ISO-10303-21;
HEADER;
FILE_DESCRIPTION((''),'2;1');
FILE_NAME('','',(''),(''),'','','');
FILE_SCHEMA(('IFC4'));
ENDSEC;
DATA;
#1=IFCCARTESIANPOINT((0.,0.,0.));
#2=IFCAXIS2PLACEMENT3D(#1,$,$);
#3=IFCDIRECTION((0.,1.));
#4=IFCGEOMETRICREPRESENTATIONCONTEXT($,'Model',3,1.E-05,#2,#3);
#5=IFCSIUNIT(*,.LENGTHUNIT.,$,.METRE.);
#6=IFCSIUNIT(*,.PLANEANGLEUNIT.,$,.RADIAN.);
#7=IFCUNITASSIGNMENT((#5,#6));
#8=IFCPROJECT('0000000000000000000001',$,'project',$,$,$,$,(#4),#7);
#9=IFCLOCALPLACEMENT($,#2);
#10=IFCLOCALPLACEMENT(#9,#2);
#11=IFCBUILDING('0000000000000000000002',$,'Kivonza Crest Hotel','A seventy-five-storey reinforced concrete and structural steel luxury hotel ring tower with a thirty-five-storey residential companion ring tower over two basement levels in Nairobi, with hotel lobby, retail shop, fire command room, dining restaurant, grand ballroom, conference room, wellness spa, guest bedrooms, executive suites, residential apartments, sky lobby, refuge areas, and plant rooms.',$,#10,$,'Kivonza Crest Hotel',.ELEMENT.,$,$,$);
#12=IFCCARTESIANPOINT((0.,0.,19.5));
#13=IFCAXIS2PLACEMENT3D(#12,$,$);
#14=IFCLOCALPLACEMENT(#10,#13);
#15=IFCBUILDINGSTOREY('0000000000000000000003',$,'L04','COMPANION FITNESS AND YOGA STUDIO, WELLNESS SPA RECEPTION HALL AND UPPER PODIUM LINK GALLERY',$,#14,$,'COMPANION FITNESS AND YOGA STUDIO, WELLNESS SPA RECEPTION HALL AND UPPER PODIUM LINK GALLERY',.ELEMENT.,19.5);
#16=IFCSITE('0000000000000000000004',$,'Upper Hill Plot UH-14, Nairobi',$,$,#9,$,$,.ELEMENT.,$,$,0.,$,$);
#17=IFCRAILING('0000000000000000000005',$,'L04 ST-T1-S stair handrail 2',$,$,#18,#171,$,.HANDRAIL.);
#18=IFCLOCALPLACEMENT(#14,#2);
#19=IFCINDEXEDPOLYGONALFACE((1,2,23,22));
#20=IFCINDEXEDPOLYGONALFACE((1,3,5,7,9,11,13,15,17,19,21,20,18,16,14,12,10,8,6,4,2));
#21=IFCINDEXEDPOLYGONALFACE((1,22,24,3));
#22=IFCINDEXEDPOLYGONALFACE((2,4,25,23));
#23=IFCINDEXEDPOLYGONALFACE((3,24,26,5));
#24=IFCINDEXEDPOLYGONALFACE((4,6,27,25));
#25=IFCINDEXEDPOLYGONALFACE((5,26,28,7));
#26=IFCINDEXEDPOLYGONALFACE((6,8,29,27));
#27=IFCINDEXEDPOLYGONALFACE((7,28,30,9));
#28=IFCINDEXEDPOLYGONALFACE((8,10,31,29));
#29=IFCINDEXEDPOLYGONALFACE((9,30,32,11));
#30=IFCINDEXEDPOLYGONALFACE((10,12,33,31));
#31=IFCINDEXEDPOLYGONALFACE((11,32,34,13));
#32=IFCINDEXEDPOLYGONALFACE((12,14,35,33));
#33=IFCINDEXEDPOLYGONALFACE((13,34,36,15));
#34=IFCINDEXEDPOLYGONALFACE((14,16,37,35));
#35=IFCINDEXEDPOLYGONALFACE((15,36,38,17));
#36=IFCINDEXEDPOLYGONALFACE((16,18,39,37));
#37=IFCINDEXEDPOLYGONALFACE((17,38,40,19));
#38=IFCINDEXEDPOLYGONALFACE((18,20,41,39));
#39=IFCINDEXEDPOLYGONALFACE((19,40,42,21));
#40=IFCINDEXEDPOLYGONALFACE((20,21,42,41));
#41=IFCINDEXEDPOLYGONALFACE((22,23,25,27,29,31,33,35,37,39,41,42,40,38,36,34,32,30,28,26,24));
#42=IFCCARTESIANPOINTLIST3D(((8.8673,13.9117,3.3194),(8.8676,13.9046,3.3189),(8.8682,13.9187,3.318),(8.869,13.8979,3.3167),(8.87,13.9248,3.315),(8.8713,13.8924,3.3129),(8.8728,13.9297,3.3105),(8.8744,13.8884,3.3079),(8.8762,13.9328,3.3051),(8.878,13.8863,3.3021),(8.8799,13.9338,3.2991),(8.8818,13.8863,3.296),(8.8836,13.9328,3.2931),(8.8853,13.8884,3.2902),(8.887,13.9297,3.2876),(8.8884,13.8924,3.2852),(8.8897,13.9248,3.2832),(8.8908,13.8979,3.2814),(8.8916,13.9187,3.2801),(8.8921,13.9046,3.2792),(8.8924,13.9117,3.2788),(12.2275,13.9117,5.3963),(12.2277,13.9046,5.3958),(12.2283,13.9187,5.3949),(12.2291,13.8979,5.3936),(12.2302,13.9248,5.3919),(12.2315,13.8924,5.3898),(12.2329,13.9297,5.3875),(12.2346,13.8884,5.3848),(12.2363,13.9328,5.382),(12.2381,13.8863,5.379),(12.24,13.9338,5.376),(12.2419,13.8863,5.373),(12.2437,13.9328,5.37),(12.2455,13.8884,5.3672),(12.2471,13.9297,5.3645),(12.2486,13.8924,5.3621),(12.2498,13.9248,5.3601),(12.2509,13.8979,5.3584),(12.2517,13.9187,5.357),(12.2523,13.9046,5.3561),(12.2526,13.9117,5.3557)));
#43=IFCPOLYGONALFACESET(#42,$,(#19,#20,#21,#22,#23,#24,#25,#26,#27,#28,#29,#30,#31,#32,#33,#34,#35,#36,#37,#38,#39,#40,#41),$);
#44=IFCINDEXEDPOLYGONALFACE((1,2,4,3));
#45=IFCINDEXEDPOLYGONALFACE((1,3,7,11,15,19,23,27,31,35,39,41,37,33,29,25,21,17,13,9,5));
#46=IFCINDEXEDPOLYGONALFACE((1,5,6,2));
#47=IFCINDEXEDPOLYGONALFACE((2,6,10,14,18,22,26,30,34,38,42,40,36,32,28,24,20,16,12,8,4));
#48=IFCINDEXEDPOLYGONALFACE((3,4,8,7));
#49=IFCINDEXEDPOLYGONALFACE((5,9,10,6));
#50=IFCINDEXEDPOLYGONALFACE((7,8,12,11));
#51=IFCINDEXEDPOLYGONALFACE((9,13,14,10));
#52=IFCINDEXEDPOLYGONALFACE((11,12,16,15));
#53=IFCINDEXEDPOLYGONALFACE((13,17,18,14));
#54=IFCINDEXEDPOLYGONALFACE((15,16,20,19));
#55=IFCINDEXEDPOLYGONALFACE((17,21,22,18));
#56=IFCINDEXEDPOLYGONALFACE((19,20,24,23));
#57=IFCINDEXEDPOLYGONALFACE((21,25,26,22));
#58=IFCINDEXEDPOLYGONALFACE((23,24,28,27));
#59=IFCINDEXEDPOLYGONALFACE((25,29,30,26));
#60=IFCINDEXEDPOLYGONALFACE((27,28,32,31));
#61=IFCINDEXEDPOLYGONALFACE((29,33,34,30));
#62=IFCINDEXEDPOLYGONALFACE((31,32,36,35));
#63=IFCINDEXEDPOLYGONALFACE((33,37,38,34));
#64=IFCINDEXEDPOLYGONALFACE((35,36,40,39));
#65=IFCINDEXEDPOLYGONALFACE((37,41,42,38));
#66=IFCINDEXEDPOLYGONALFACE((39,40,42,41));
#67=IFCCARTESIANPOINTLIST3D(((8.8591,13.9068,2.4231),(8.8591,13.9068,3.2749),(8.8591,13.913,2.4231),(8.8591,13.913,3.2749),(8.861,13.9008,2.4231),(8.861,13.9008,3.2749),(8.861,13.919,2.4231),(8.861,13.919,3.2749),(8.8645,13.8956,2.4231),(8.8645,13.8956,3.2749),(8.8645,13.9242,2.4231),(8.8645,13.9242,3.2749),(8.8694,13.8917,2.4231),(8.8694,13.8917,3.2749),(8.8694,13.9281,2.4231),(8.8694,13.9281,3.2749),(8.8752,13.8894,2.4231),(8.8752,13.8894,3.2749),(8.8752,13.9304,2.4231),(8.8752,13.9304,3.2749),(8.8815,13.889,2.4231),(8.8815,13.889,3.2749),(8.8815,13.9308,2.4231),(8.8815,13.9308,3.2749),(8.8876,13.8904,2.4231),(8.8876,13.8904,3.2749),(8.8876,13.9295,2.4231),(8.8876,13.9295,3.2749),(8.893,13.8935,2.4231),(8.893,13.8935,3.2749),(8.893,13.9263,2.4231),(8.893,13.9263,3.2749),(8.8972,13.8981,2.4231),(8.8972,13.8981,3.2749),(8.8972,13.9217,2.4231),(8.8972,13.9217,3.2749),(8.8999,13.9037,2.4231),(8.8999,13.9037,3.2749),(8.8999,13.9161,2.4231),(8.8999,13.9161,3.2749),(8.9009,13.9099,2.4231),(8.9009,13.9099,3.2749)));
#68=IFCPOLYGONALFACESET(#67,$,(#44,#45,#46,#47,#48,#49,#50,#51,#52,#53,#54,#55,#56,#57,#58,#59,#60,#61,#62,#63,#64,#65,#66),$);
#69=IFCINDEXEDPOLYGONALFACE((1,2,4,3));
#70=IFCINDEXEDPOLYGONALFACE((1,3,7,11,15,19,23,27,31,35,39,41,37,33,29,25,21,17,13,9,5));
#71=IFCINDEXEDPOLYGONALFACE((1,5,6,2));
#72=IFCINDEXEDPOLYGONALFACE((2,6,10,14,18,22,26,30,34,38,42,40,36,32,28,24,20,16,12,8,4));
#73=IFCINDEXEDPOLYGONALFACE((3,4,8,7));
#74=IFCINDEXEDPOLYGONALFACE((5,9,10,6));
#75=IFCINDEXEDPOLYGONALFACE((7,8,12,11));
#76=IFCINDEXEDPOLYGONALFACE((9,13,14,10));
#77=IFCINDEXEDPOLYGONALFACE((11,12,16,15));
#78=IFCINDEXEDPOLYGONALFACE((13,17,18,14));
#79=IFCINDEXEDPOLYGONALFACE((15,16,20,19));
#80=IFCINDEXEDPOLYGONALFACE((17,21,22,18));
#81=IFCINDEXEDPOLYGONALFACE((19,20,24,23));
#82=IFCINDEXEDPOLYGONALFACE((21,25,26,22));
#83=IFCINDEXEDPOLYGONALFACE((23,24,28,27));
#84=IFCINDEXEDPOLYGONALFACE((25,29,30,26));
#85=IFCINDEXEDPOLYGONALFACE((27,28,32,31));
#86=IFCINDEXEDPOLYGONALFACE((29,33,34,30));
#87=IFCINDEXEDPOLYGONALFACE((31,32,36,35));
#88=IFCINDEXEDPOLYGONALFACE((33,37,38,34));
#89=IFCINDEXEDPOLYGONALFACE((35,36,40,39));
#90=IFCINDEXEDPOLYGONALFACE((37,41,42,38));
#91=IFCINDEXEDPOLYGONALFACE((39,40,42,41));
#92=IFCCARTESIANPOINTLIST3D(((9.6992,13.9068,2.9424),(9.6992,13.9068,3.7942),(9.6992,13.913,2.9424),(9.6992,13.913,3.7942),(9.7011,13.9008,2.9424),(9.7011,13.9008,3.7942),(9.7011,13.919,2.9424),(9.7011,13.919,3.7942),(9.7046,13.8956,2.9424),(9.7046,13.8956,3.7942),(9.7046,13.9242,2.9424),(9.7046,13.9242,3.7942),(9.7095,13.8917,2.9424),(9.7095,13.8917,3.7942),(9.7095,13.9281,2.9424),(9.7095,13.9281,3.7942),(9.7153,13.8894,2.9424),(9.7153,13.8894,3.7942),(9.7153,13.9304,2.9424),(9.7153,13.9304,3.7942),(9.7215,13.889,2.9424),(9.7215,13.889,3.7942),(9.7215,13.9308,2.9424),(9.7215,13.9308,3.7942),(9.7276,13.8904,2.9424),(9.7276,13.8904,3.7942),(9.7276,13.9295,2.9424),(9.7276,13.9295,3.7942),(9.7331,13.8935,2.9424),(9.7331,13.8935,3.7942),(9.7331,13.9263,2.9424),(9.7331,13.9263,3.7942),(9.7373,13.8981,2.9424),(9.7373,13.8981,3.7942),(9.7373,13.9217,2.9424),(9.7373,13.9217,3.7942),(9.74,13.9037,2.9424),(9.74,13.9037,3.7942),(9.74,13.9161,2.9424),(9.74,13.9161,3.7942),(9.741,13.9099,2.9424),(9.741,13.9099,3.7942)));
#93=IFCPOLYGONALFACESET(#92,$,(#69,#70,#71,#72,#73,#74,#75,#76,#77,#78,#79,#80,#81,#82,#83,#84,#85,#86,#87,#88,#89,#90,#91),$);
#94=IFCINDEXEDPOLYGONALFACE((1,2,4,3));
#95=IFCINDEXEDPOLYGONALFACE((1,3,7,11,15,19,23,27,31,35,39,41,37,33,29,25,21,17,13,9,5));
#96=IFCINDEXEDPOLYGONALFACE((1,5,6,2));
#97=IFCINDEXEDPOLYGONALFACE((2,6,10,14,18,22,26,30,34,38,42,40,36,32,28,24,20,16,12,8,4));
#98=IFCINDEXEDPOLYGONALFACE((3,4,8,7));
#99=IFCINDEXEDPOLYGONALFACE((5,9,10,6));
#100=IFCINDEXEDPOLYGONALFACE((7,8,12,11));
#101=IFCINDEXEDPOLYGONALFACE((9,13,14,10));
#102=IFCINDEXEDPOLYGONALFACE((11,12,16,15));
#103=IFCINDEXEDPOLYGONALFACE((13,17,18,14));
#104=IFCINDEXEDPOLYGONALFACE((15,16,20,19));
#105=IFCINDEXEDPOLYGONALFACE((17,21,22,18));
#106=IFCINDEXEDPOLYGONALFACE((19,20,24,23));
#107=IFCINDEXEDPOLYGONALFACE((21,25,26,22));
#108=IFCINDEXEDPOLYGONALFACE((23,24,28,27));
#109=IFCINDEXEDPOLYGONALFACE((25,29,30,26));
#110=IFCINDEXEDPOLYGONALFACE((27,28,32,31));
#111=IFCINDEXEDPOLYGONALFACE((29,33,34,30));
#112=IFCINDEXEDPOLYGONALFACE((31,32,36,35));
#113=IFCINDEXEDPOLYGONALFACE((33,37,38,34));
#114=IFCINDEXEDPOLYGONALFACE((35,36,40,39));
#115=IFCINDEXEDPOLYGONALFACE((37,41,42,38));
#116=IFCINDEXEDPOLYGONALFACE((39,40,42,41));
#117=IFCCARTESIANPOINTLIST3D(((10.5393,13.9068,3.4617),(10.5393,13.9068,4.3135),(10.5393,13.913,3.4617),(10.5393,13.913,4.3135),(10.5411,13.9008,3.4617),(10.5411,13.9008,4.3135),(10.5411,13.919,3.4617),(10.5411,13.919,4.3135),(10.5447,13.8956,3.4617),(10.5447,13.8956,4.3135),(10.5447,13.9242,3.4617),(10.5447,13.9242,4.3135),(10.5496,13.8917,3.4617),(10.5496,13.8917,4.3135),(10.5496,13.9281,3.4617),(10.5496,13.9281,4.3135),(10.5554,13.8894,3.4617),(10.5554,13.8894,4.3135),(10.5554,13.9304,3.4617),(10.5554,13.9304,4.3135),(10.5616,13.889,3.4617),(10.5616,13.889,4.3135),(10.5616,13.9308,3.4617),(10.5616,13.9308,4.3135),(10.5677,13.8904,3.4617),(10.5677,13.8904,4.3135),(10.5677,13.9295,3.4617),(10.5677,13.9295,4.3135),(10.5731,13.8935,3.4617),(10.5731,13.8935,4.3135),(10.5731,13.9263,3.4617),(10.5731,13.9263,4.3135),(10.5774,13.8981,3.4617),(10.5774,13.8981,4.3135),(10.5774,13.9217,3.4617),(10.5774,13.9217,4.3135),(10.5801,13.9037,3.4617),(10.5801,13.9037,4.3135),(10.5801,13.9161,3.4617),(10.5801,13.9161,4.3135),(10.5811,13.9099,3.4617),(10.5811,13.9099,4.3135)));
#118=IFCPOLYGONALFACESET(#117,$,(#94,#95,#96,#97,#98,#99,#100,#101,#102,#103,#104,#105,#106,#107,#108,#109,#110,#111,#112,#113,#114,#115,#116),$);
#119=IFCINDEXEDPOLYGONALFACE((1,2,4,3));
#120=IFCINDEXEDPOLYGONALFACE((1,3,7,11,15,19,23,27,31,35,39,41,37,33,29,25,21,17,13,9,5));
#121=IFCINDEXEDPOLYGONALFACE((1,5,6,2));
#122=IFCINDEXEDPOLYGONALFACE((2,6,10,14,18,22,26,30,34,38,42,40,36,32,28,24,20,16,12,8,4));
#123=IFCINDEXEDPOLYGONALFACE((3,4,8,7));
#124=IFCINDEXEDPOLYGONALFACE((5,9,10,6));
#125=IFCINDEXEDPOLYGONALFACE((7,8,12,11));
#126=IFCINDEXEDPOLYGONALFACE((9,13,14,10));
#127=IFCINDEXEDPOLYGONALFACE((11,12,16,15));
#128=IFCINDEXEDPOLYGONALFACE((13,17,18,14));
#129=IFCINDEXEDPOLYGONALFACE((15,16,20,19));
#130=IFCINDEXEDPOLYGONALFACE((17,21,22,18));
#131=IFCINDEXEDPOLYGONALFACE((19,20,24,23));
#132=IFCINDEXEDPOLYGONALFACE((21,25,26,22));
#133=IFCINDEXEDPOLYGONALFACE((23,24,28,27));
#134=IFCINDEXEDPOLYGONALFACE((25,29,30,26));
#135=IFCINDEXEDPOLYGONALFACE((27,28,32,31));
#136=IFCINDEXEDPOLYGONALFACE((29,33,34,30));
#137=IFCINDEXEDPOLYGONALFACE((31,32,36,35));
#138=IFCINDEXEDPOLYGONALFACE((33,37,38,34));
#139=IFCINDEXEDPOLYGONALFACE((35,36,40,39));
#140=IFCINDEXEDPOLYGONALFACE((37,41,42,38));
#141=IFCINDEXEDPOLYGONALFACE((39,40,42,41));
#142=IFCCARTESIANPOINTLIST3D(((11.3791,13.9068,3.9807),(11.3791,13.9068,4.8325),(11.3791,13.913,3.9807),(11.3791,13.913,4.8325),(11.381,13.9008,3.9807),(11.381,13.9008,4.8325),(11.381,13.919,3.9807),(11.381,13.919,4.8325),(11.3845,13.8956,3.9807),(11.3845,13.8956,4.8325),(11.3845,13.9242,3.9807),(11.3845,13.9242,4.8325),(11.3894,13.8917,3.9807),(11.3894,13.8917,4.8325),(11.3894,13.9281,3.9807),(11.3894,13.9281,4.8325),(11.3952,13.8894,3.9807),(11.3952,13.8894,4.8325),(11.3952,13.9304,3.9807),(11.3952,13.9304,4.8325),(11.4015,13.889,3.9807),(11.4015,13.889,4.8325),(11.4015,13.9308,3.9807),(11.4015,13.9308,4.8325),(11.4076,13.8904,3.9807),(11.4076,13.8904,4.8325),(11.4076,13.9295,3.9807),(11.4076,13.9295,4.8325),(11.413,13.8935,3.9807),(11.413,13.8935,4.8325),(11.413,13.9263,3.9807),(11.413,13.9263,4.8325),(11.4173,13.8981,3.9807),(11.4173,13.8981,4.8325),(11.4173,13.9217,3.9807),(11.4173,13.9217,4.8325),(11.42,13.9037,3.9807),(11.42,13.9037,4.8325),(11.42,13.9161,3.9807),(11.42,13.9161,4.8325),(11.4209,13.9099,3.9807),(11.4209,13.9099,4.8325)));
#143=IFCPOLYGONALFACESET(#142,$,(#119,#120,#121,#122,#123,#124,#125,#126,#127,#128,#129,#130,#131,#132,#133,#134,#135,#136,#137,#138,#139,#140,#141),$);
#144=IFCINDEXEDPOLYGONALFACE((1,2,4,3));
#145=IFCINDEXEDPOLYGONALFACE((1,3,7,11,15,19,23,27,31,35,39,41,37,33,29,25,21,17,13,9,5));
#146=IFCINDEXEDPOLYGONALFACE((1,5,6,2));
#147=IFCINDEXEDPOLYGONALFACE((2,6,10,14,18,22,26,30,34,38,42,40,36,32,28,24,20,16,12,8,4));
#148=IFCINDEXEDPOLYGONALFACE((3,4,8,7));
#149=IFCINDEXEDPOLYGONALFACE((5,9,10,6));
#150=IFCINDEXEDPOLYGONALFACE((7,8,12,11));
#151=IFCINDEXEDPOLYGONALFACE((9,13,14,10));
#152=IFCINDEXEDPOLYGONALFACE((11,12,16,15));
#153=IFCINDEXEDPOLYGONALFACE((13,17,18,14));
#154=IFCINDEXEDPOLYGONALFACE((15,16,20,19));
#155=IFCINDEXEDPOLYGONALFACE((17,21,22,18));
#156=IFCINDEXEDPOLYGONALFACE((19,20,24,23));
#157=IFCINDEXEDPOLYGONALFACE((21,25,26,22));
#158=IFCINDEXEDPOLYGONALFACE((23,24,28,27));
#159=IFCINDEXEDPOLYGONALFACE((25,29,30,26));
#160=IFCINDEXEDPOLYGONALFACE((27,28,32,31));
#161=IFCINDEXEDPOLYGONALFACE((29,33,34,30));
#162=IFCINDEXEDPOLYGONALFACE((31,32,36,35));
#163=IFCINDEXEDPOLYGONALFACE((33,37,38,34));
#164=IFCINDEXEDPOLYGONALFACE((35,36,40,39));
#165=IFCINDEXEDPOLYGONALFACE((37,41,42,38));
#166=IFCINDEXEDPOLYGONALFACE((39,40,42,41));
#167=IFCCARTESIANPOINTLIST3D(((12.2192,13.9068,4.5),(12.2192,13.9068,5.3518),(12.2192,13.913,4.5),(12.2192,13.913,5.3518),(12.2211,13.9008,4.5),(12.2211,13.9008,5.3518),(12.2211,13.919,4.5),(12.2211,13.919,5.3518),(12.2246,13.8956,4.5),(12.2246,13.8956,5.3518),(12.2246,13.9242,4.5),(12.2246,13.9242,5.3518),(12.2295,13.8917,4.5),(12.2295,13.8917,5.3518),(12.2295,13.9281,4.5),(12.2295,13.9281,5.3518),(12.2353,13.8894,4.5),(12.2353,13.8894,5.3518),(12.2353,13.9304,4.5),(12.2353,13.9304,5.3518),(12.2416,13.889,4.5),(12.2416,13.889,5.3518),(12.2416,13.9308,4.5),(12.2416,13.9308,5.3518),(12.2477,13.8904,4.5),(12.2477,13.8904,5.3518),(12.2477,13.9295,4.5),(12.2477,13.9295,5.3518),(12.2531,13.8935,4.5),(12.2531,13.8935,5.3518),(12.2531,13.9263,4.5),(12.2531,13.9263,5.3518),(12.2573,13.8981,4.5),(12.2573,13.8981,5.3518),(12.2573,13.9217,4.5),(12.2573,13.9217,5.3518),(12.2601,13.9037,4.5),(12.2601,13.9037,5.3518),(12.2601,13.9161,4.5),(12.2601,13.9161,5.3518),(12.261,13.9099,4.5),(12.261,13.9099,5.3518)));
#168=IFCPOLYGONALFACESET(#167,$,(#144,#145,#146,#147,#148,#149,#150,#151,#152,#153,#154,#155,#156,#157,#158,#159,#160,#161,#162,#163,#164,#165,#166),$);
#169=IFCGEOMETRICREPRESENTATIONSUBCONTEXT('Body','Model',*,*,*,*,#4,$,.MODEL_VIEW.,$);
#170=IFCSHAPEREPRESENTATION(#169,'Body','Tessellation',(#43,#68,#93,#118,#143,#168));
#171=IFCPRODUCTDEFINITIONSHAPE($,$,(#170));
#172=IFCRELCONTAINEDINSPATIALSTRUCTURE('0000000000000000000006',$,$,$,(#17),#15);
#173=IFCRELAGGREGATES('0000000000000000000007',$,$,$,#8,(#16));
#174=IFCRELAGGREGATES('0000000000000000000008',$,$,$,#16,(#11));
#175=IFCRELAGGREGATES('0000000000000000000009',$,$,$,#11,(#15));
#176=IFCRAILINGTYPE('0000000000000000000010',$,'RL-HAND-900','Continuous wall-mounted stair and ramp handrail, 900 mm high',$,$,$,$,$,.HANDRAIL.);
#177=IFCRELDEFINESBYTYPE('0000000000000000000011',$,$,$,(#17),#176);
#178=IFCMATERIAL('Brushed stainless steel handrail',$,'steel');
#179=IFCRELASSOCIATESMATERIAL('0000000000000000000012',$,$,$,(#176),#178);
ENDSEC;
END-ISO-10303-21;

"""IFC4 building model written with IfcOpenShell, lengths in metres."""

from ifc_helpers import new_model, si_unit, direction, frame, origin, origin_2d, place, context, subcontext, project, spatial, circle, extrude, material, type_object, element, save


model = new_model("IFC4")

# Units and contexts
model_context = context("Model", 3, precision=1e-05, world=origin(), true_north=direction((0.0, 1.0)))
body_context = subcontext(model_context, "Body", "Model", "MODEL_VIEW")
ifc_project = project(units=[si_unit("LENGTHUNIT", "METRE"), si_unit("PLANEANGLEUNIT", "RADIAN")], contexts=[model_context])

# Site, building, storey
site_placement = place(None, origin())
site = spatial("IfcSite", under=ifc_project, at=site_placement, Name="Upper Hill Plot UH-14, Nairobi", CompositionType="ELEMENT", RefElevation=0.0)
building_placement = place(site_placement, origin())
building = spatial("IfcBuilding", under=site, at=building_placement, Name="Kivonza Crest Hotel", Description="A seventy-five-storey reinforced concrete and structural steel luxury hotel ring tower with a thirty-five-storey residential companion ring tower over two basement levels in Nairobi, with hotel lobby, retail shop, fire command room, dining restaurant, grand ballroom, conference room, wellness spa, guest bedrooms, executive suites, residential apartments, sky lobby, refuge areas, and plant rooms.", LongName="Kivonza Crest Hotel", CompositionType="ELEMENT")
storey_placement = place(building_placement, frame((0.0, 0.0, 19.5)))
storey = spatial("IfcBuildingStorey", under=building, at=storey_placement, Name="L04", Description="COMPANION FITNESS AND YOGA STUDIO, WELLNESS SPA RECEPTION HALL AND UPPER PODIUM LINK GALLERY", LongName="COMPANION FITNESS AND YOGA STUDIO, WELLNESS SPA RECEPTION HALL AND UPPER PODIUM LINK GALLERY", CompositionType="ELEMENT", Elevation=19.5)

# Railing
ifc_material_1 = material(Name="Brushed stainless steel handrail", Category="steel")
railing_type_1 = type_object("IfcRailingType", Name="RL-HAND-900", Description="Continuous wall-mounted stair and ramp handrail, 900 mm high", PredefinedType="HANDRAIL", material=ifc_material_1)
railing_1_placement = place(storey_placement, frame((8.8799, 13.9099, 2.4231)))
element("IfcRailing", 1, at=railing_1_placement, inside=storey, type_object=railing_type_1, Name="L04 ST-T1-S stair handrail 2", PredefinedType="HANDRAIL", context=body_context, shape_type="SweptSolid", body=[
    extrude(circle(Radius=0.0239, at=origin_2d()), frame((0.0, 0.0, 0.876), z_axis=(0.850623, 0.0, 0.525776), x_axis=(0.0, 1.0, 0.0)), (0.0, 0.0, 1.0), 3.9502),
    extrude(circle(Radius=0.021, at=origin_2d()), origin(), (0.0, 0.0, 1.0), 0.8518),
    extrude(circle(Radius=0.021, at=origin_2d()), frame((0.8401, 0.0, 0.5193)), (0.0, 0.0, 1.0), 0.8518),
    extrude(circle(Radius=0.021, at=origin_2d()), frame((1.6802, 0.0, 1.0386)), (0.0, 0.0, 1.0), 0.8518),
    extrude(circle(Radius=0.021, at=origin_2d()), frame((2.52, 0.0, 1.5576)), (0.0, 0.0, 1.0), 0.8518),
    extrude(circle(Radius=0.021, at=origin_2d()), frame((3.3601, 0.0, 2.0769)), (0.0, 0.0, 1.0), 0.8518),
])

save(model, "model.ifc")
